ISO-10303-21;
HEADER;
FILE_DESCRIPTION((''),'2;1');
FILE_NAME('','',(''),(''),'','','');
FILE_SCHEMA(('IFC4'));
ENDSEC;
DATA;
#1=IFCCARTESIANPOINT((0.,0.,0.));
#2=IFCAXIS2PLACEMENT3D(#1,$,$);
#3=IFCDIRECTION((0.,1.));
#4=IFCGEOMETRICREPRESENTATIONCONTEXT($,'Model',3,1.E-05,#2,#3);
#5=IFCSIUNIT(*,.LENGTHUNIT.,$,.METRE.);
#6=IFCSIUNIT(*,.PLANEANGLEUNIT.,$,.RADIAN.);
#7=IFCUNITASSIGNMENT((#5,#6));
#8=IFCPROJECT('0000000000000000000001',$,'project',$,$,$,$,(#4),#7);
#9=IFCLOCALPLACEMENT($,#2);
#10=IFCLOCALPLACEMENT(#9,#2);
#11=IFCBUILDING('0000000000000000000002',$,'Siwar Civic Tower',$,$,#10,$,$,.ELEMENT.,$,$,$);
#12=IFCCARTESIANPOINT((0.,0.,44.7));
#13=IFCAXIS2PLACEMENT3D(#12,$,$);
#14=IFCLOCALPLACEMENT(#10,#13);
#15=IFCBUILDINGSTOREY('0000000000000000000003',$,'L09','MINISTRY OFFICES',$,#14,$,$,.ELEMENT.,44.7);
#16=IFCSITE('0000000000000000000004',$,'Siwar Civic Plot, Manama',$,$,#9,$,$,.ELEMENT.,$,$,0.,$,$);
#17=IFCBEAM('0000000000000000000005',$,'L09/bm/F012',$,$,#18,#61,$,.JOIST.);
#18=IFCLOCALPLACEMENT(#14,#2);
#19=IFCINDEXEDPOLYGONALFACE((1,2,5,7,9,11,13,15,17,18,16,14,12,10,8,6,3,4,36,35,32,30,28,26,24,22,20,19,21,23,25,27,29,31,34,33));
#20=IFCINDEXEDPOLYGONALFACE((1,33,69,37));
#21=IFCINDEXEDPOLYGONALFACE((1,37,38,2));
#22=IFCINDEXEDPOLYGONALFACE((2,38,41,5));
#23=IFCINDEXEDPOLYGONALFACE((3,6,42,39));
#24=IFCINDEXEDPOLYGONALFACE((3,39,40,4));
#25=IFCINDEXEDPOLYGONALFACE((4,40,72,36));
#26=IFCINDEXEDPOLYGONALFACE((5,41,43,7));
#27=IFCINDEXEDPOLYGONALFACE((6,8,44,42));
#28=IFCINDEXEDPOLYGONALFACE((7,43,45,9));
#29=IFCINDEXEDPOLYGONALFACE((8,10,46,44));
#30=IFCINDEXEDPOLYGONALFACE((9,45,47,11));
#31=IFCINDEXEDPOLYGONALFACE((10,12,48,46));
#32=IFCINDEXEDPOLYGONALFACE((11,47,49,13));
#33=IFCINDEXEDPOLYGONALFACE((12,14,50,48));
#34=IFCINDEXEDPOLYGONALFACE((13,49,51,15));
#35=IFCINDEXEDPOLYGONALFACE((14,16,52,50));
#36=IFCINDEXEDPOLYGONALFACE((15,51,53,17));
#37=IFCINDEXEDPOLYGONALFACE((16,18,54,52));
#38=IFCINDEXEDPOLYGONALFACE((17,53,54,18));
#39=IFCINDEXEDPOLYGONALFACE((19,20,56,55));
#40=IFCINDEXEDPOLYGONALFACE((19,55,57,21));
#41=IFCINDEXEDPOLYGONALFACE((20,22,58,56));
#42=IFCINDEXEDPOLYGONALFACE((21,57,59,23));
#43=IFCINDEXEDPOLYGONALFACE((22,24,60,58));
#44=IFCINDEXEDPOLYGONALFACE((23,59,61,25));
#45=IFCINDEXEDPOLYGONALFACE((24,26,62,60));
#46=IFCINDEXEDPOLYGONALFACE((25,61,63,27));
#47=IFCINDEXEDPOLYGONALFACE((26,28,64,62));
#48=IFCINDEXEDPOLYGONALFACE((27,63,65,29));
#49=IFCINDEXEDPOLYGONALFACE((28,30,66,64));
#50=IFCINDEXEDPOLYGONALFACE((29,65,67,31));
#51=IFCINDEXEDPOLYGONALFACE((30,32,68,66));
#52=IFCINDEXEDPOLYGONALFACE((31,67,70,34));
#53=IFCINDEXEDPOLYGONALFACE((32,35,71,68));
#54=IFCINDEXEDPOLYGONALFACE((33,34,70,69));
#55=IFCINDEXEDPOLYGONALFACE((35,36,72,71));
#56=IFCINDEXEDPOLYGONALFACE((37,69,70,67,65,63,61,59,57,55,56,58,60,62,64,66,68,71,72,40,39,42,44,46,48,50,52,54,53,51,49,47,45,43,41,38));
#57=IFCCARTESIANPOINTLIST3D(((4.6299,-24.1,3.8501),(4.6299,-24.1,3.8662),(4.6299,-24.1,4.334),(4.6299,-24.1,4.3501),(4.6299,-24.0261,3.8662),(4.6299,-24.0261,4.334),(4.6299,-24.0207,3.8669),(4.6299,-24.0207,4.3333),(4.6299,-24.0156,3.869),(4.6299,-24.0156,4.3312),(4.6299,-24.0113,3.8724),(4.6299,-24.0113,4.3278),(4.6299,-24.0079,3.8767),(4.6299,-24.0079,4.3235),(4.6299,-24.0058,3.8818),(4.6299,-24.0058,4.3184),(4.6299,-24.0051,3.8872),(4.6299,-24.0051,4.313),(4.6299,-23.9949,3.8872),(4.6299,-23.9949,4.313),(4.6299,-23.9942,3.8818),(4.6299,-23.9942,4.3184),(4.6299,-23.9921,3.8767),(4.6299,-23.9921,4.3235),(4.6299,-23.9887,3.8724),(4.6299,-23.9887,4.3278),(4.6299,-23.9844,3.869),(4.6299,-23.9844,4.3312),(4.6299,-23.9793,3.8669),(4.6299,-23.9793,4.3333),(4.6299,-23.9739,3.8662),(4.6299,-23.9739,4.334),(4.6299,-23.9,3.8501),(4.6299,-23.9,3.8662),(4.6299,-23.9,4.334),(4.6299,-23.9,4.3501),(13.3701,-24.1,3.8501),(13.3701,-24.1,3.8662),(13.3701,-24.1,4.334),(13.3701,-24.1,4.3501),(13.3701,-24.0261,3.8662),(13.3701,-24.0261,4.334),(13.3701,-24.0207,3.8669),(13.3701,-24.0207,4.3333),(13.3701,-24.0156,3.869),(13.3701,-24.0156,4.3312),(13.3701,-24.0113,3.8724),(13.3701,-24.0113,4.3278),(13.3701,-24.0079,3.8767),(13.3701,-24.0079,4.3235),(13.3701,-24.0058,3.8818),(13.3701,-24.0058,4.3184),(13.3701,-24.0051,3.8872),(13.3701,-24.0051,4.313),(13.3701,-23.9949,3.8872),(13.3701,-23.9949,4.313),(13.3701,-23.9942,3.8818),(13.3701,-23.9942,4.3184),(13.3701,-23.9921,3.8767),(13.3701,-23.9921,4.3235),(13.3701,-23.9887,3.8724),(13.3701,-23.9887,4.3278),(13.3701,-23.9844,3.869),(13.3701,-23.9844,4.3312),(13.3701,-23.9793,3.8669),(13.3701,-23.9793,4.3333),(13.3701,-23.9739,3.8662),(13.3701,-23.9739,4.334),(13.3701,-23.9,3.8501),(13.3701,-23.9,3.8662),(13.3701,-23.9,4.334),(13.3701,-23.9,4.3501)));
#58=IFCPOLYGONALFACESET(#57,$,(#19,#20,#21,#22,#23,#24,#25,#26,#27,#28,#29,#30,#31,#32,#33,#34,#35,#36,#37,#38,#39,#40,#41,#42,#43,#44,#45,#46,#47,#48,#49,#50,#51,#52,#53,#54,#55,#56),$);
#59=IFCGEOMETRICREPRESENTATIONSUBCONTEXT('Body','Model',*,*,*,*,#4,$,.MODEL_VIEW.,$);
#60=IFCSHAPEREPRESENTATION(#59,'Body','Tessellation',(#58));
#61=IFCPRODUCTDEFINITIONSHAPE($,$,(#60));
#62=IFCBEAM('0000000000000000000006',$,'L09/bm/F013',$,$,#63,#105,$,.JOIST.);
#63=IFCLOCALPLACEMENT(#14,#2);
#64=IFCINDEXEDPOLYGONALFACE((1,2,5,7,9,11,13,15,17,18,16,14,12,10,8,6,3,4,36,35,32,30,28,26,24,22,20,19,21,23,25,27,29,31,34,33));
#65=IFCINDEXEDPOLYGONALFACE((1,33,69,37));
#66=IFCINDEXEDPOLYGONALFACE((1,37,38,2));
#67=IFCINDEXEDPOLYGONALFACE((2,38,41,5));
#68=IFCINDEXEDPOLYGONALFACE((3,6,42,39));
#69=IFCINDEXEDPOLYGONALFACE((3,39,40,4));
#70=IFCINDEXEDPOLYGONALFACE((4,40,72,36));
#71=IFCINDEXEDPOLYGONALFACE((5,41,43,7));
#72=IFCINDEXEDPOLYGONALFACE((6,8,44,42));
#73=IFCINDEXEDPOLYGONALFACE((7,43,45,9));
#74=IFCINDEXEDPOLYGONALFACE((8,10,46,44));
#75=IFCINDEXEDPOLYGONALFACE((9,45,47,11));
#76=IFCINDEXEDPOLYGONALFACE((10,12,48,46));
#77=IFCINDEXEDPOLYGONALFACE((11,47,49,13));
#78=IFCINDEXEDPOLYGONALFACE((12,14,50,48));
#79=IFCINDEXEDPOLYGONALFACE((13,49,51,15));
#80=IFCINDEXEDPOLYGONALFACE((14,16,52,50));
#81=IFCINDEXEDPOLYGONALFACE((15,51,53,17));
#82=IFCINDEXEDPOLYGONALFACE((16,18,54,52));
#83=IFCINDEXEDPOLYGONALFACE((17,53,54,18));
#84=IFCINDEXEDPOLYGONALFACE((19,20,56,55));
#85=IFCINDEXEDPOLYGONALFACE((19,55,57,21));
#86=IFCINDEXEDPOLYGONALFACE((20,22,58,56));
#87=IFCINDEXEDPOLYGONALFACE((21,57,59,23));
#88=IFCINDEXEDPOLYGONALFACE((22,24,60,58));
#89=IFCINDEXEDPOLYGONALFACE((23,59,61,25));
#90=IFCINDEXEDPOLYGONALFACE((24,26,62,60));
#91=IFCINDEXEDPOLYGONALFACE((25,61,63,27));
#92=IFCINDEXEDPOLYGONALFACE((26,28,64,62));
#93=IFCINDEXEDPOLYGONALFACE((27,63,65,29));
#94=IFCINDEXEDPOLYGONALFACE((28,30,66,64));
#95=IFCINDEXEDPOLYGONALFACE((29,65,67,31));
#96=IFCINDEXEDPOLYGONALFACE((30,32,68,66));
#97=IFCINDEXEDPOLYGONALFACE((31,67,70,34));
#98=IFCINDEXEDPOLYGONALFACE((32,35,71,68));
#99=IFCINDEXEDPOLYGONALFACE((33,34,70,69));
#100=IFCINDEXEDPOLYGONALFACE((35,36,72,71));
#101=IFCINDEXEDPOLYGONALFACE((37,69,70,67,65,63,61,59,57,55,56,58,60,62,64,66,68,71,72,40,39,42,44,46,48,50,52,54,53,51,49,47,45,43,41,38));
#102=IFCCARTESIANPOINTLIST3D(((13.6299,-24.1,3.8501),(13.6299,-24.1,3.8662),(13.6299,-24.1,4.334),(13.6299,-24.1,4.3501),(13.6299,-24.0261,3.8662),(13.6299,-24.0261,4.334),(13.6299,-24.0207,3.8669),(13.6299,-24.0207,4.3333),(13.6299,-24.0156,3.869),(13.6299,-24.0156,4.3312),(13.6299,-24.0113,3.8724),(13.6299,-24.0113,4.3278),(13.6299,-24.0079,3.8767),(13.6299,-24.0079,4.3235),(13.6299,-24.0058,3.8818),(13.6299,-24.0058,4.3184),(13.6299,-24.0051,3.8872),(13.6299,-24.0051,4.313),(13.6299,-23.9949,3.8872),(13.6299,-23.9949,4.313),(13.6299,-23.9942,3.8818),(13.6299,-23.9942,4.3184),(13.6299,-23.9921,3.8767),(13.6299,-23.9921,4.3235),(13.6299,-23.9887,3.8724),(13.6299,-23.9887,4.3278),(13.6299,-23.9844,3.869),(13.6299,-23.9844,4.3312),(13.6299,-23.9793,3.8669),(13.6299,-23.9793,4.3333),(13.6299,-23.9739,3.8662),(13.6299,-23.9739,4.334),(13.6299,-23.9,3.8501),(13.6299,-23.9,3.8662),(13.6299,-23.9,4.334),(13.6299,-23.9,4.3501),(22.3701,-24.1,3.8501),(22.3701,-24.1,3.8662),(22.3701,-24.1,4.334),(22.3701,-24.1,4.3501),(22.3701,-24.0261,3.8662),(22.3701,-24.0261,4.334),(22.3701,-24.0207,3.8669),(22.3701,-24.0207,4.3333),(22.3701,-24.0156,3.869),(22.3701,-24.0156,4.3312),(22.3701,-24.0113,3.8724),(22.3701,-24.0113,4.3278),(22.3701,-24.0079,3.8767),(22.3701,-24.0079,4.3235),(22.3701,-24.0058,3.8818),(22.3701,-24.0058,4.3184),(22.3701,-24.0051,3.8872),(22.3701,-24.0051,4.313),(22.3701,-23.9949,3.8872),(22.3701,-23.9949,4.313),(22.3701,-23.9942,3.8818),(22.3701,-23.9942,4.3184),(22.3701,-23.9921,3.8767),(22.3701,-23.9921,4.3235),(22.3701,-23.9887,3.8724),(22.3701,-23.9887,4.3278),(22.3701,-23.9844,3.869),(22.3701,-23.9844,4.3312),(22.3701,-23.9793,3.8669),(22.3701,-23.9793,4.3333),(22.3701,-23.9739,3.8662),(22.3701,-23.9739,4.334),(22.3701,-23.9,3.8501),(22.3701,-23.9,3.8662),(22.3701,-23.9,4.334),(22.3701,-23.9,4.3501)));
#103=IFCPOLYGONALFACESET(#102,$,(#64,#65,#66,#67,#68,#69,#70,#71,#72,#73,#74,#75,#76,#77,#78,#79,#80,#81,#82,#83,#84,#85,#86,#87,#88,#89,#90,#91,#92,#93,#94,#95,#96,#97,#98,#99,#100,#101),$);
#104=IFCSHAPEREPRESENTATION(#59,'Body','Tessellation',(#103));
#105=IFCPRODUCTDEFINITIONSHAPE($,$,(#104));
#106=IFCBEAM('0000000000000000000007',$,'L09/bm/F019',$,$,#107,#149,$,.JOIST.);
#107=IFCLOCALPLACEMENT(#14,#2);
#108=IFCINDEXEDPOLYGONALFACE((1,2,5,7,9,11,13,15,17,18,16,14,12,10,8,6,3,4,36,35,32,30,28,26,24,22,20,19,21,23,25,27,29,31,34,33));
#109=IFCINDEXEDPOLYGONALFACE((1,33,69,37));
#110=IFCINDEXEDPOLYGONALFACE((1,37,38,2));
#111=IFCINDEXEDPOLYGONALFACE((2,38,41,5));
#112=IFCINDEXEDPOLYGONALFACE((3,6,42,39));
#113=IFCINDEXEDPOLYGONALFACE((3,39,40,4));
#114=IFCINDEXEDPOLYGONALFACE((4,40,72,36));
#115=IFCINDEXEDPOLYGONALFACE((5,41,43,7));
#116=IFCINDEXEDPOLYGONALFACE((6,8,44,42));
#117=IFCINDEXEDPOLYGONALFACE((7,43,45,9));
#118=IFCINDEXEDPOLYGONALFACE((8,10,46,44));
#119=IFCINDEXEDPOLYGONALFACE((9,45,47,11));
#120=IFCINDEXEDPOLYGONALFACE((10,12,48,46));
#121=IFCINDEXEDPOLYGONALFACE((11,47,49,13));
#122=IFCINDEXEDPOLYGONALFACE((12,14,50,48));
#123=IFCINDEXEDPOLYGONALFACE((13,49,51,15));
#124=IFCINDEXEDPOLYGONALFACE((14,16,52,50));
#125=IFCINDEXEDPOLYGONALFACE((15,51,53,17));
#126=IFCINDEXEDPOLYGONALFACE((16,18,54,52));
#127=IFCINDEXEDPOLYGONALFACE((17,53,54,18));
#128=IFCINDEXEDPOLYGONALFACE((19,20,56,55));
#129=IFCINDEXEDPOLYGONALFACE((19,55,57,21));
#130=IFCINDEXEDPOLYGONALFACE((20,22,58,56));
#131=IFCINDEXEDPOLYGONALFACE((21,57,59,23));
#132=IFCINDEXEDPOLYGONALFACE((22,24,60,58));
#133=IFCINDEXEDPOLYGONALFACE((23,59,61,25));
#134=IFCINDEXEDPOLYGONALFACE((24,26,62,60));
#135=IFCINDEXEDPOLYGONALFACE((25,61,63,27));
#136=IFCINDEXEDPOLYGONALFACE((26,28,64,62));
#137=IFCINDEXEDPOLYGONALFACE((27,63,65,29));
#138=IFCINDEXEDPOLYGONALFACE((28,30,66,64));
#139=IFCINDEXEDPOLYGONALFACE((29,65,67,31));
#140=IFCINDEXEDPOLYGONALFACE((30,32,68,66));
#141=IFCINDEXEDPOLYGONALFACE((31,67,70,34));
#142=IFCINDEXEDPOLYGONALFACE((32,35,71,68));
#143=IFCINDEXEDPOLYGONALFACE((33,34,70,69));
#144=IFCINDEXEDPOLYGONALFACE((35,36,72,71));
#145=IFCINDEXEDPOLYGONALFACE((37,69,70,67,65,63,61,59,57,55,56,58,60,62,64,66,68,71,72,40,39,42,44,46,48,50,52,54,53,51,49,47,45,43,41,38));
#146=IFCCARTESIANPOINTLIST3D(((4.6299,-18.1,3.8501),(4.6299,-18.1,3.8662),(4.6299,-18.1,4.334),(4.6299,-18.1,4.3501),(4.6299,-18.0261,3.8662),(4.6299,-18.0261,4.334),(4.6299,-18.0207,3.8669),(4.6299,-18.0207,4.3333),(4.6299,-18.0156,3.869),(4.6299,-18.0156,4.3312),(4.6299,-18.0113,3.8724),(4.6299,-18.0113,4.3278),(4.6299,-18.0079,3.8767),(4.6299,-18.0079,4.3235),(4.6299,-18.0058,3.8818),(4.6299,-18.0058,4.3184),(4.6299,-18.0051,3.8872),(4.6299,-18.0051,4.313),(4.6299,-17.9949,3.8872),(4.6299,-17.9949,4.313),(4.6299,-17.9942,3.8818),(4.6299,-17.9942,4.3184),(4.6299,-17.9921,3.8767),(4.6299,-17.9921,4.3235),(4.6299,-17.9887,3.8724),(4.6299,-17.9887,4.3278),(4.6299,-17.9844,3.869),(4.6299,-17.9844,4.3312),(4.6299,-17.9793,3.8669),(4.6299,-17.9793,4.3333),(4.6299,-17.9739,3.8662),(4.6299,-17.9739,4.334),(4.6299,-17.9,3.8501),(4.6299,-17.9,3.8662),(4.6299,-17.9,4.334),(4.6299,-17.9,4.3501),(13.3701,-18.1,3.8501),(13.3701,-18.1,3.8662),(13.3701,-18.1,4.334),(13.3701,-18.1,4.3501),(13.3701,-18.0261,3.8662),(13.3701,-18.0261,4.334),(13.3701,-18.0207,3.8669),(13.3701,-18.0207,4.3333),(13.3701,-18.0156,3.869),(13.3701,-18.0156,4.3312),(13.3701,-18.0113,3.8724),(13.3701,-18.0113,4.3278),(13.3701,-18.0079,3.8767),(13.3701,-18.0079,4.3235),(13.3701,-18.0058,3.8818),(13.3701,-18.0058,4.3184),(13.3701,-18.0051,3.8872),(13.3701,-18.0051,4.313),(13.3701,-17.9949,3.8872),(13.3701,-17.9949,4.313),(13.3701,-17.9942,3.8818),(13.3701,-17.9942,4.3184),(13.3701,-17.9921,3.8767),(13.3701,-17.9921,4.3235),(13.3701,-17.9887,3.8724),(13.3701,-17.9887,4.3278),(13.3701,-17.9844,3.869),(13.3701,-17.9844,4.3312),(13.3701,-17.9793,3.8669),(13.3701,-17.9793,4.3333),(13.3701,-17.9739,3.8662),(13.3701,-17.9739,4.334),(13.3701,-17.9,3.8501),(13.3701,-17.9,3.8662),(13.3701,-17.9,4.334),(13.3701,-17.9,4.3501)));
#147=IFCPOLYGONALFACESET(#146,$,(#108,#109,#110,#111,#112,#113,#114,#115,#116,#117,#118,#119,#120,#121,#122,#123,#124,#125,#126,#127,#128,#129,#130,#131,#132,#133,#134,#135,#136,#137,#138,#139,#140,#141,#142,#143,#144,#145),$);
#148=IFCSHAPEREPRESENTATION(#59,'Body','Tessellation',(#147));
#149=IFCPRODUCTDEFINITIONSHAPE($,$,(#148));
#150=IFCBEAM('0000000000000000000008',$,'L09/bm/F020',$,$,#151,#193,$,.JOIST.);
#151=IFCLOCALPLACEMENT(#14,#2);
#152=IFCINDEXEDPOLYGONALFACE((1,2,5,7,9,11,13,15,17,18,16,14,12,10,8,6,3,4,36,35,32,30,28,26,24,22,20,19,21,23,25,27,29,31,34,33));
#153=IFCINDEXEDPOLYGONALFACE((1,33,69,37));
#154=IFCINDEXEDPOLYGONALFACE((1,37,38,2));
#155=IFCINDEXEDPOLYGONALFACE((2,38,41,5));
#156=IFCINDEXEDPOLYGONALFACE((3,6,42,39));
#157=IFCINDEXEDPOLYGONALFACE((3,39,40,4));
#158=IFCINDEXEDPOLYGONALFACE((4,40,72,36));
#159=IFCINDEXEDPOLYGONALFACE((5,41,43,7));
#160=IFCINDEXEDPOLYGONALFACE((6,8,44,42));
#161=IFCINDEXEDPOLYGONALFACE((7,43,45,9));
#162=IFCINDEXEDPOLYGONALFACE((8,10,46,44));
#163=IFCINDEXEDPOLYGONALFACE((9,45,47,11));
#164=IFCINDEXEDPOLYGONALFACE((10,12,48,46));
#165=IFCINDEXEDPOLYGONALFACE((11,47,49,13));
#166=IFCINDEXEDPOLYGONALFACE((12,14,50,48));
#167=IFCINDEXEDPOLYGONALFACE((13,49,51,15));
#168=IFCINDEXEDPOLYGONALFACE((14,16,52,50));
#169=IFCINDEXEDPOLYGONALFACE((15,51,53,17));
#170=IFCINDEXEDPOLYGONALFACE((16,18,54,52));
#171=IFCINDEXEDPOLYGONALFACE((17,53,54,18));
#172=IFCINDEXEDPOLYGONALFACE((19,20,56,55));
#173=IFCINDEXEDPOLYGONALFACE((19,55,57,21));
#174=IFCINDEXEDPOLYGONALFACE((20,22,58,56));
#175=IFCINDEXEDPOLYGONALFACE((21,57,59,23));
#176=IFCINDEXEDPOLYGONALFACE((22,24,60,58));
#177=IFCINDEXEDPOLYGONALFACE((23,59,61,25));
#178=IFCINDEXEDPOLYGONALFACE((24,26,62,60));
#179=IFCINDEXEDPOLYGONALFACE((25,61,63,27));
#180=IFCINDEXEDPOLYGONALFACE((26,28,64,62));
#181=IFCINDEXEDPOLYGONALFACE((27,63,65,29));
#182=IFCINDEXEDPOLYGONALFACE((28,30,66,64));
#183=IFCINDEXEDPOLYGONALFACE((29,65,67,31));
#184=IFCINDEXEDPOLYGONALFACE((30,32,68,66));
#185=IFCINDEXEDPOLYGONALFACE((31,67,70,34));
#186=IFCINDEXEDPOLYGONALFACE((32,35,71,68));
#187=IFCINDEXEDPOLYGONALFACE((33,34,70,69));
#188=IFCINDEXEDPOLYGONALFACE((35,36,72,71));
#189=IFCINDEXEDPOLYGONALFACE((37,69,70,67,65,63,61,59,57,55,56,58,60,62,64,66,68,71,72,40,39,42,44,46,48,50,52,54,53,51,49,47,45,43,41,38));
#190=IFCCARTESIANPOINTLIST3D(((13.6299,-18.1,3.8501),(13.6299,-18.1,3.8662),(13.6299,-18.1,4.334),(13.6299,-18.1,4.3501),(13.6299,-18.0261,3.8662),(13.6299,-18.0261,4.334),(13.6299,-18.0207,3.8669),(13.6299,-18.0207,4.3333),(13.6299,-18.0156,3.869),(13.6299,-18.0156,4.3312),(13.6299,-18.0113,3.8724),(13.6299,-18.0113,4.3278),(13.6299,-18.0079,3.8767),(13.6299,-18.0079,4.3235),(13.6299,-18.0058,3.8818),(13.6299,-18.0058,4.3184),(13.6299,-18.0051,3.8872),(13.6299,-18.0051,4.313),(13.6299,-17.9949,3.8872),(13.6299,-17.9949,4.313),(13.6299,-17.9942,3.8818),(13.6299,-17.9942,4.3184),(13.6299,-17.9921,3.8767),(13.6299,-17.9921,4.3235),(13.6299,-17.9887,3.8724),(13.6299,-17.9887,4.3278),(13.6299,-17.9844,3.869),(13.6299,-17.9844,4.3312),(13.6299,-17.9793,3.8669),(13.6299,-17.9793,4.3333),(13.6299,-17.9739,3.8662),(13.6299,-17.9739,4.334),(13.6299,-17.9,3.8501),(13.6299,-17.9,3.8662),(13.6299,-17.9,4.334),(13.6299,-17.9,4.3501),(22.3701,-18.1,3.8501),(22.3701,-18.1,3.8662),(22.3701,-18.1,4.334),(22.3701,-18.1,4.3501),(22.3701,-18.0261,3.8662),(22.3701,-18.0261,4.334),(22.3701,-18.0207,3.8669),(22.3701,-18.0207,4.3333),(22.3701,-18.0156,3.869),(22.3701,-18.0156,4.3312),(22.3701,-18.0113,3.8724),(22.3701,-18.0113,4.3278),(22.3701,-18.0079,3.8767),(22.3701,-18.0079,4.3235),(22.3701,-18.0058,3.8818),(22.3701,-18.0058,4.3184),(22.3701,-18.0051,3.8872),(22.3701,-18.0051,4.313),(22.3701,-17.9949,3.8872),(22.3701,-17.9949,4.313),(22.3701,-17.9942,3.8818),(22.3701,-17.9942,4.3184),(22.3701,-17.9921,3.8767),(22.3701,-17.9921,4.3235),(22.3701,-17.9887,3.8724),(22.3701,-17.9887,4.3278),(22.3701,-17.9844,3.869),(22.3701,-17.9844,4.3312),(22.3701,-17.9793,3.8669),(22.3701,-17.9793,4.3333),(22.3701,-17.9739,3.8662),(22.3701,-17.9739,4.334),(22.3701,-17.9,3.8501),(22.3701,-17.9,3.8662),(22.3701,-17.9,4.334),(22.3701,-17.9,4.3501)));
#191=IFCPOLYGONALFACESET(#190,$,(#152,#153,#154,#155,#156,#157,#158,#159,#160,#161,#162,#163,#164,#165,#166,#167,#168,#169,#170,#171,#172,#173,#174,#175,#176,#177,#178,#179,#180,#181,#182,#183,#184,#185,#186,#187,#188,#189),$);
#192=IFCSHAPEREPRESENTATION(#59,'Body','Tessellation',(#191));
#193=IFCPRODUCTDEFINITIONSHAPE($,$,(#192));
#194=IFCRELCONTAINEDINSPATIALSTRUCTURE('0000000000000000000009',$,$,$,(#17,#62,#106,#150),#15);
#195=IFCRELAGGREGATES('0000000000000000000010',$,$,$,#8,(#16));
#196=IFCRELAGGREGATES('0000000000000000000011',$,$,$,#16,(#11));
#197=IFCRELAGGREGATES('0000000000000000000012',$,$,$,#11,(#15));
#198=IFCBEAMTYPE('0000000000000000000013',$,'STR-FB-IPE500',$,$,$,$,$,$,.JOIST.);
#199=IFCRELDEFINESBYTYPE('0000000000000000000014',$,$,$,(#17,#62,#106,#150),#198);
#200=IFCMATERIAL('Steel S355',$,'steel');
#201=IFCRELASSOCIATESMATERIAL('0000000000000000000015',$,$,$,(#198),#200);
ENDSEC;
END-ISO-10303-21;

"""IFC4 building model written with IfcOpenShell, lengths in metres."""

from ifc_helpers import new_model, si_unit, direction, frame, origin, origin_2d, place, context, subcontext, project, spatial, i_section, extrude, material, material_profile, profile_set, type_object, element, save


model = new_model("IFC4")

# Units and contexts
model_context = context("Model", 3, precision=1e-05, world=origin(), true_north=direction((0.0, 1.0)))
body_context = subcontext(model_context, "Body", "Model", "MODEL_VIEW")
ifc_project = project(units=[si_unit("LENGTHUNIT", "METRE"), si_unit("PLANEANGLEUNIT", "RADIAN")], contexts=[model_context])

# Site, building, storey
site_placement = place(None, origin())
site = spatial("IfcSite", under=ifc_project, at=site_placement, Name="Siwar Civic Plot, Manama", CompositionType="ELEMENT", RefElevation=0.0)
building_placement = place(site_placement, origin())
building = spatial("IfcBuilding", under=site, at=building_placement, Name="Siwar Civic Tower", CompositionType="ELEMENT")
storey_placement = place(building_placement, frame((0.0, 0.0, 44.7)))
storey = spatial("IfcBuildingStorey", under=building, at=storey_placement, Name="L09", Description="MINISTRY OFFICES", CompositionType="ELEMENT", Elevation=44.7)

# Beams
ifc_material_1 = material(Name="Steel S355", Category="steel")
ifc_material_profile_1 = material_profile(ifc_material_1, i_section(OverallWidth=0.2, OverallDepth=0.5, WebThickness=0.0103, FlangeThickness=0.0161, FilletRadius=0.021, at=origin_2d()), Name="IPE500")
ifc_profile_set_1 = profile_set([ifc_material_profile_1], Name="Steel S355")
beam_type_1 = type_object("IfcBeamType", Name="STR-FB-IPE500", PredefinedType="JOIST", material=ifc_profile_set_1)
for number, where, z_axis, x_axis, name in (
    (1, (4.6299, -24.0, 4.1001), (1.0, 0.0, 0.0), (0.0, 1.0, 0.0), "L09/bm/F012"),
    (2, (13.6299, -24.0, 4.1001), (1.0, 0.0, 0.0), (0.0, 1.0, 0.0), "L09/bm/F013"),
    (3, (4.6299, -18.0, 4.1001), (1.0, 0.0, 0.0), (0.0, 1.0, 0.0), "L09/bm/F019"),
    (4, (13.6299, -18.0, 4.1001), (1.0, 0.0, 0.0), (0.0, 1.0, 0.0), "L09/bm/F020"),
):
    element("IfcBeam", number, at=place(storey_placement, frame(where, z_axis=z_axis, x_axis=x_axis)), inside=storey, type_object=beam_type_1, Name=name, PredefinedType="JOIST", context=body_context, shape_type="SweptSolid", body=[
        extrude(i_section(OverallWidth=0.2, OverallDepth=0.5, WebThickness=0.0103, FlangeThickness=0.0161, FilletRadius=0.021, at=origin_2d()), origin(), (0.0, 0.0, 1.0), 8.7402),
    ])

save(model, "model.ifc")
